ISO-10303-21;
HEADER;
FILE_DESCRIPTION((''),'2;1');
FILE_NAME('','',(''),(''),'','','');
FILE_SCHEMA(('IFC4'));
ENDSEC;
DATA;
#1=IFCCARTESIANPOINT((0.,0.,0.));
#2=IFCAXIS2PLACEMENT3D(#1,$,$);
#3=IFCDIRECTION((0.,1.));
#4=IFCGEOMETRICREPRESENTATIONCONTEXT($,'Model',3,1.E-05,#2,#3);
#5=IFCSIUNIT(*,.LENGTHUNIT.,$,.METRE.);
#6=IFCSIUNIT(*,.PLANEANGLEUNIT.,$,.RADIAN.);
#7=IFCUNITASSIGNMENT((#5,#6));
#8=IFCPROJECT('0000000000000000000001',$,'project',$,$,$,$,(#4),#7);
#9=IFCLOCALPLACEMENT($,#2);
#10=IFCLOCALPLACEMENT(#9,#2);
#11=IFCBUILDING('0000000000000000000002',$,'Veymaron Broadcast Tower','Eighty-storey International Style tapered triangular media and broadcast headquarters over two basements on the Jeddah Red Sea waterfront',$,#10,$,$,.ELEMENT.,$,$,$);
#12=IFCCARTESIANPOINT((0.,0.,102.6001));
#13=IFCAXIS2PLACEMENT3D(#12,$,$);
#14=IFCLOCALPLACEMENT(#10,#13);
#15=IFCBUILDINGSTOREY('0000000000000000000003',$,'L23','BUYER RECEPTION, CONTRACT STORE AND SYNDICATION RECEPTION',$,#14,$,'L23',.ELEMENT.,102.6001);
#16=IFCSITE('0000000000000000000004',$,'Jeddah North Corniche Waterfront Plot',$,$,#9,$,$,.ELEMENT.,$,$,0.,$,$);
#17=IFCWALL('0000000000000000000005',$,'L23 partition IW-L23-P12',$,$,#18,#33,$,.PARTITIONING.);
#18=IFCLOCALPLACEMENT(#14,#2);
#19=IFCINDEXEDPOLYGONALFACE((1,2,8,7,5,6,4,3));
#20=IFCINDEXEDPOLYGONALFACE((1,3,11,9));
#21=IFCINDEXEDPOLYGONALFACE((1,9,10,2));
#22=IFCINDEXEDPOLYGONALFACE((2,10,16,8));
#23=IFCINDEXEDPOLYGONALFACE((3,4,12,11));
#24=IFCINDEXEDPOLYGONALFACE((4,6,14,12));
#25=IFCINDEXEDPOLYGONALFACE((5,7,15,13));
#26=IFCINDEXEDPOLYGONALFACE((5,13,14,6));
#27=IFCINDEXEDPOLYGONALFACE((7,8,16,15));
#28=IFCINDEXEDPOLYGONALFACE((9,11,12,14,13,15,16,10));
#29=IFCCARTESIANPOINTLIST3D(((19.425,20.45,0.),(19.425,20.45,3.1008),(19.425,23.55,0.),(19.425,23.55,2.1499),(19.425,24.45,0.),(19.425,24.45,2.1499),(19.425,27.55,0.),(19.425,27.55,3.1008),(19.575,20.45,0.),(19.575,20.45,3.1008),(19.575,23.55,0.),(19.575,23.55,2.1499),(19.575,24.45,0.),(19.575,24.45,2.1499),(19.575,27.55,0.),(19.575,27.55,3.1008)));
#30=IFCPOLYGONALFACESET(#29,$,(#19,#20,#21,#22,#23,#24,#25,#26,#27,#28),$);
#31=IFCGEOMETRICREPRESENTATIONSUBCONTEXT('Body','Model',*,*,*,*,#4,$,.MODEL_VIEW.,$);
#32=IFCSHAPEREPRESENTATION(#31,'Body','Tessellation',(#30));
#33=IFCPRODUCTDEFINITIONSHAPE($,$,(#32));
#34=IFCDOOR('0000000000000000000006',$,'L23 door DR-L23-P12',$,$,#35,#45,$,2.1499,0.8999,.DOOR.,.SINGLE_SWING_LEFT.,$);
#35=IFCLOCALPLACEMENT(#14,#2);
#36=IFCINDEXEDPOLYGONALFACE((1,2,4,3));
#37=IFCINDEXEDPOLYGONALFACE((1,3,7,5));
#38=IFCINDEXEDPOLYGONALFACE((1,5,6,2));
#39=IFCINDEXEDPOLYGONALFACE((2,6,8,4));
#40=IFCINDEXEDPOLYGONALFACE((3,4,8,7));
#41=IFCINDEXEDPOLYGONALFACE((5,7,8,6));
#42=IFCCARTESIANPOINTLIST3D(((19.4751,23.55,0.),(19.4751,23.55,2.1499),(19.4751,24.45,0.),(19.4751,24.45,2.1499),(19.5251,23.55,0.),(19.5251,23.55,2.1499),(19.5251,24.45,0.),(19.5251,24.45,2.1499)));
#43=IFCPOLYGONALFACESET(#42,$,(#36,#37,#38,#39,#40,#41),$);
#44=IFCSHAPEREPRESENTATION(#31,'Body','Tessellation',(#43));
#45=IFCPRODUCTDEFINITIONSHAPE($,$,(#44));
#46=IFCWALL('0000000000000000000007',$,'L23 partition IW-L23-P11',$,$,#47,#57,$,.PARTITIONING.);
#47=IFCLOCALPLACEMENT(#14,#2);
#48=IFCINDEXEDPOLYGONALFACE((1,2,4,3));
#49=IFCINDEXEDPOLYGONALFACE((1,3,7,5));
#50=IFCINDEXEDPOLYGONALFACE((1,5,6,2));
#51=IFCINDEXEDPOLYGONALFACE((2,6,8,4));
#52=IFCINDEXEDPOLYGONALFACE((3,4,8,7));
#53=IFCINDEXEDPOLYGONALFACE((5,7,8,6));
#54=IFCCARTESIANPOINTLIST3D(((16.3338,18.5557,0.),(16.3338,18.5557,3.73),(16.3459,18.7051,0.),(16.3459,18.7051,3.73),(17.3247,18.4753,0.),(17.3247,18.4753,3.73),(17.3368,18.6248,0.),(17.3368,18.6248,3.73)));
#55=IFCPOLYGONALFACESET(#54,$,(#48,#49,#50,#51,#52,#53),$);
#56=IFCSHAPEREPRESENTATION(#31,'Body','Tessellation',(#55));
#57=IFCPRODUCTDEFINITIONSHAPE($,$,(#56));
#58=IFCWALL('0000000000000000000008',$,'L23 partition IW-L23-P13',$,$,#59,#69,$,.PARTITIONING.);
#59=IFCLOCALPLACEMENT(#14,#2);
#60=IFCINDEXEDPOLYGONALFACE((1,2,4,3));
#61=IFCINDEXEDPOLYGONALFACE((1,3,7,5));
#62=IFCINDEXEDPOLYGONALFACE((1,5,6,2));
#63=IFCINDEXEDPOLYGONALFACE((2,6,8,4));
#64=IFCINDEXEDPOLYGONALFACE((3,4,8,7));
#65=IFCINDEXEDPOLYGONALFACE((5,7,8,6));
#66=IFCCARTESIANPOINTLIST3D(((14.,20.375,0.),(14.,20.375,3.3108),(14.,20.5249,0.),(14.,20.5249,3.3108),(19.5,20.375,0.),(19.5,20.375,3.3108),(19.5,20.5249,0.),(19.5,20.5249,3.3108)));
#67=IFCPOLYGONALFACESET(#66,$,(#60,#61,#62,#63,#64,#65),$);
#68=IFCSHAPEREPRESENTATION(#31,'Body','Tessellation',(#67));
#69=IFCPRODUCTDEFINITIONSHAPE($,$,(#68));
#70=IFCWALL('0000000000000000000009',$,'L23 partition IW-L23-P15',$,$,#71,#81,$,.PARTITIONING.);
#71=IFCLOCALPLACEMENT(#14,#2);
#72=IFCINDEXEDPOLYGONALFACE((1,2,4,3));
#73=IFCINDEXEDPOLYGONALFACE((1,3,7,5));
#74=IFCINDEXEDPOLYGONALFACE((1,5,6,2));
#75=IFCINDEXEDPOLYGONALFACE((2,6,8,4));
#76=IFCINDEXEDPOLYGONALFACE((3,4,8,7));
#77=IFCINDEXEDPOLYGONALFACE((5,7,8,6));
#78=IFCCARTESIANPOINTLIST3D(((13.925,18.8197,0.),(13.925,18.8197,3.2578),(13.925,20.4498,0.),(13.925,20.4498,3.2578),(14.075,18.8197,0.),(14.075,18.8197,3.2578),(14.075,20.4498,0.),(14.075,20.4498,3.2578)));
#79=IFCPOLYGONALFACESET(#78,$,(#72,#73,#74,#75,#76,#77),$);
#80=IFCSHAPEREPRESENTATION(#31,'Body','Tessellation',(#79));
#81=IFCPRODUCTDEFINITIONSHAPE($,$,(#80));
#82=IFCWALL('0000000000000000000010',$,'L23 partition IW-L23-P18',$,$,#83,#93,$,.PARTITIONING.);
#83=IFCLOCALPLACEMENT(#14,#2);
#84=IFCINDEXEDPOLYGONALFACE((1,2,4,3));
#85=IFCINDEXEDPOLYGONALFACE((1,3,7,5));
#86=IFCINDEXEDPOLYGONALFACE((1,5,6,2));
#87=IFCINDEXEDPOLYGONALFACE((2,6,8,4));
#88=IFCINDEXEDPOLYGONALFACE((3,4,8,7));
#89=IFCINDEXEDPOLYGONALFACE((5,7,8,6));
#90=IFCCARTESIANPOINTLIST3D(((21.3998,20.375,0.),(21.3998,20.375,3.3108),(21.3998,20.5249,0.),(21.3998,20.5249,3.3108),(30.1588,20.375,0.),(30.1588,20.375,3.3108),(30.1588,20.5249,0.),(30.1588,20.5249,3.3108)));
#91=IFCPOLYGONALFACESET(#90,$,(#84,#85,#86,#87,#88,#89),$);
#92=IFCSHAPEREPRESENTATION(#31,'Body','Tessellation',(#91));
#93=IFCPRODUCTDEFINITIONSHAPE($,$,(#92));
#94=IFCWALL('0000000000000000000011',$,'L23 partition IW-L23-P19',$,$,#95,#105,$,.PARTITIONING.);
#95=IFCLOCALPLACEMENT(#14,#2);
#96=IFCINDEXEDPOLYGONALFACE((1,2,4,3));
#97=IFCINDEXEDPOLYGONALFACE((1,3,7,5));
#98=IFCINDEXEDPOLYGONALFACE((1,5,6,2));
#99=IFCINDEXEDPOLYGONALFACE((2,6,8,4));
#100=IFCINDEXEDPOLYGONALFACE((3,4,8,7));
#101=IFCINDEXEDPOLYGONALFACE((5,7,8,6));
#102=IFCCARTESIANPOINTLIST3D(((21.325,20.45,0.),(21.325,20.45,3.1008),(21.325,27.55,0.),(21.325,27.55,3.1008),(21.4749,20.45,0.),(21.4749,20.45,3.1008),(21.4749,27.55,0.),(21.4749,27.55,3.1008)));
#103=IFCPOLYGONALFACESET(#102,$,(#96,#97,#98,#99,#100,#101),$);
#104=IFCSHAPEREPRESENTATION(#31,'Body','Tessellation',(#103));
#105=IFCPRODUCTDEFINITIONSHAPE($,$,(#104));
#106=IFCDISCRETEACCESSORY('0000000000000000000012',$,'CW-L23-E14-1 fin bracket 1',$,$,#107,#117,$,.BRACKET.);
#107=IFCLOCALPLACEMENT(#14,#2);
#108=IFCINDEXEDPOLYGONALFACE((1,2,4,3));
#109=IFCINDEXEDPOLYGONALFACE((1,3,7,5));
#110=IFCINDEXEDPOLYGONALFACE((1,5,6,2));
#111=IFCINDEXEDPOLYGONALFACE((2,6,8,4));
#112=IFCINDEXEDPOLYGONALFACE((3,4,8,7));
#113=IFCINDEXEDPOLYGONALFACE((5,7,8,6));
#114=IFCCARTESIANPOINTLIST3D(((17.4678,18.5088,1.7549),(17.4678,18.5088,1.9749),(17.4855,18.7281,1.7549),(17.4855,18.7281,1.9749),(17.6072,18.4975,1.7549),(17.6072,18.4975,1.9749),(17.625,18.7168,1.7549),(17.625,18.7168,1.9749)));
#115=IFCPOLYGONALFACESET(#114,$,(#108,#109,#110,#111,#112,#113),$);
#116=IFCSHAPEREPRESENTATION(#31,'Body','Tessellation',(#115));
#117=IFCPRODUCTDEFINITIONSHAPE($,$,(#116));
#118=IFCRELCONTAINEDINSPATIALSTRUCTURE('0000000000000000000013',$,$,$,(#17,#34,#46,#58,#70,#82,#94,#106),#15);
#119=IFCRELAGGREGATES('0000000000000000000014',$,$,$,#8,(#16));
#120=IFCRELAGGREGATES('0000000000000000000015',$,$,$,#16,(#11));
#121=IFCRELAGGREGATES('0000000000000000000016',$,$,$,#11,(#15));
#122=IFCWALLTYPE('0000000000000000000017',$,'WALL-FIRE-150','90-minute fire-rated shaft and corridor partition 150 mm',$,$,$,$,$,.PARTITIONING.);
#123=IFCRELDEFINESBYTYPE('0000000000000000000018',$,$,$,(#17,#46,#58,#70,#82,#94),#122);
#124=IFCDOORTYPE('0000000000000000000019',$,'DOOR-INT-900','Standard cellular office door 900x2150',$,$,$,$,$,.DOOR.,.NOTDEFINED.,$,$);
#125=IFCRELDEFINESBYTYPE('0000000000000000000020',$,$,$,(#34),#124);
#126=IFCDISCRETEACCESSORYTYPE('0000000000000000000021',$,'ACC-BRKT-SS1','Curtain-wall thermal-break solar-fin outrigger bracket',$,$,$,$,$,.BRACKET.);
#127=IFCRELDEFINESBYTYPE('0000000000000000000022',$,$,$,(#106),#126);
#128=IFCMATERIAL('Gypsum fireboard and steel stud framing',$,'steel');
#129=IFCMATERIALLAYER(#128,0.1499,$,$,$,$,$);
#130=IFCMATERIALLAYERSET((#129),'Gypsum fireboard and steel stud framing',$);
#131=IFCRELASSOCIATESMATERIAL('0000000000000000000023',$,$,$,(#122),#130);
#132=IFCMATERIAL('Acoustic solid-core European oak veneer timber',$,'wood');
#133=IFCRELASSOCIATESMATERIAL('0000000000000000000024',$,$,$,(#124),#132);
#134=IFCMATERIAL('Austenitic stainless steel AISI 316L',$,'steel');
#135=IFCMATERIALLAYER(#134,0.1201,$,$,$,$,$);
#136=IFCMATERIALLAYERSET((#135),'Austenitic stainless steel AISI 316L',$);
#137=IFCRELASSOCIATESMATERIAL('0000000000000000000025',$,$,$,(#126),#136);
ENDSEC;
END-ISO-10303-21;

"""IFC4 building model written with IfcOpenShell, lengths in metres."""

from ifc_helpers import new_model, si_unit, direction, frame, frame_2d, origin, origin_2d, place, context, subcontext, project, spatial, rectangle, extrude, material, layer, layer_set, type_object, element, fill, save


model = new_model("IFC4")

# Units and contexts
model_context = context("Model", 3, precision=1e-05, world=origin(), true_north=direction((0.0, 1.0)))
body_context = subcontext(model_context, "Body", "Model", "MODEL_VIEW")
ifc_project = project(units=[si_unit("LENGTHUNIT", "METRE"), si_unit("PLANEANGLEUNIT", "RADIAN")], contexts=[model_context])

# Site, building, storey
site_placement = place(None, origin())
site = spatial("IfcSite", under=ifc_project, at=site_placement, Name="Jeddah North Corniche Waterfront Plot", CompositionType="ELEMENT", RefElevation=0.0)
building_placement = place(site_placement, origin())
building = spatial("IfcBuilding", under=site, at=building_placement, Name="Veymaron Broadcast Tower", Description="Eighty-storey International Style tapered triangular media and broadcast headquarters over two basements on the Jeddah Red Sea waterfront", CompositionType="ELEMENT")
storey_placement = place(building_placement, frame((0.0, 0.0, 102.6001)))
storey = spatial("IfcBuildingStorey", under=building, at=storey_placement, Name="L23", Description="BUYER RECEPTION, CONTRACT STORE AND SYNDICATION RECEPTION", LongName="L23", CompositionType="ELEMENT", Elevation=102.6001)

# Wall, opening, door
ifc_material_1 = material(Name="Gypsum fireboard and steel stud framing", Category="steel")
ifc_layer_1 = layer(ifc_material_1, 0.1499)
ifc_layer_set_1 = layer_set([ifc_layer_1], Name="Gypsum fireboard and steel stud framing")
wall_type_1 = type_object("IfcWallType", Name="WALL-FIRE-150", Description="90-minute fire-rated shaft and corridor partition 150 mm", PredefinedType="PARTITIONING", material=ifc_layer_set_1)
ifc_material_2 = material(Name="Acoustic solid-core European oak veneer timber", Category="wood")
door_type = type_object("IfcDoorType", Name="DOOR-INT-900", Description="Standard cellular office door 900x2150", OperationType="NOTDEFINED", PredefinedType="DOOR", material=ifc_material_2)
wall_1_placement = place(storey_placement, frame((19.5, 20.45, 0.0), z_axis=(0.0, 0.0, 1.0), x_axis=(0.0, 1.0, 0.0)))
wall_1 = element("IfcWall", 1, at=wall_1_placement, inside=storey, type_object=wall_type_1, Name="L23 partition IW-L23-P12", PredefinedType="PARTITIONING", context=body_context, shape_type="SweptSolid", body=[
    extrude(rectangle(XDim=7.1001, YDim=0.1499, at=frame_2d((3.55, 0.0))), origin(), (0.0, 0.0, 1.0), 3.1008),
])
opening_1_placement = place(wall_1_placement, frame((3.1001, 0.0, 0.0)))
opening_1 = element("IfcOpeningElement", 2, at=opening_1_placement, cuts=wall_1, PredefinedType="OPENING", context=body_context, shape_type="SweptSolid", body=[
    extrude(rectangle(XDim=0.8999, YDim=2.1499, at=frame_2d((0.45, 1.075))), frame((0.0, 0.085, 0.0), z_axis=(0.0, -1.0, 0.0), x_axis=(1.0, 0.0, 0.0)), (0.0, 0.0, 1.0), 0.1699),
])
door_1_placement = place(opening_1_placement, origin())
door_1 = element("IfcDoor", 3, at=door_1_placement, inside=storey, type_object=door_type, Name="L23 door DR-L23-P12", OperationType="SINGLE_SWING_LEFT", OverallHeight=2.1499, OverallWidth=0.8999, PredefinedType="DOOR", context=body_context, shape_type="SweptSolid", body=[
    extrude(rectangle(XDim=0.8999, YDim=2.1499, at=frame_2d((0.45, 1.075))), frame((0.0, 0.0249, 0.0), z_axis=(0.0, -1.0, 0.0), x_axis=(1.0, 0.0, 0.0)), (0.0, 0.0, 1.0), 0.05),
])
fill(opening_1, door_1)

# Walls
wall_2_placement = place(storey_placement, frame((16.3398, 18.6304, 0.0), z_axis=(0.0, 0.0, 1.0), x_axis=(0.996731, -0.080789, 0.0)))
element("IfcWall", 4, at=wall_2_placement, inside=storey, type_object=wall_type_1, Name="L23 partition IW-L23-P11", PredefinedType="PARTITIONING", context=body_context, shape_type="SweptSolid", body=[
    extrude(rectangle(XDim=0.9941, YDim=0.1499, at=frame_2d((0.4971, 0.0))), origin(), (0.0, 0.0, 1.0), 3.73),
])
wall_3_placement = place(storey_placement, frame((14.0, 20.45, 0.0), z_axis=(0.0, 0.0, 1.0), x_axis=(1.0, 0.0, 0.0)))
element("IfcWall", 5, at=wall_3_placement, inside=storey, type_object=wall_type_1, Name="L23 partition IW-L23-P13", PredefinedType="PARTITIONING", context=body_context, shape_type="SweptSolid", body=[
    extrude(rectangle(XDim=5.5, YDim=0.1499, at=frame_2d((2.75, 0.0))), origin(), (0.0, 0.0, 1.0), 3.3108),
])
wall_4_placement = place(storey_placement, frame((14.0, 18.8198, 0.0), z_axis=(0.0, 0.0, 1.0), x_axis=(0.0, 1.0, 0.0)))
element("IfcWall", 6, at=wall_4_placement, inside=storey, type_object=wall_type_1, Name="L23 partition IW-L23-P15", PredefinedType="PARTITIONING", context=body_context, shape_type="SweptSolid", body=[
    extrude(rectangle(XDim=1.6301, YDim=0.1499, at=frame_2d((0.8149, 0.0))), origin(), (0.0, 0.0, 1.0), 3.2578),
])
wall_5_placement = place(storey_placement, frame((21.3999, 20.45, 0.0), z_axis=(0.0, 0.0, 1.0), x_axis=(1.0, 0.0, 0.0)))
element("IfcWall", 7, at=wall_5_placement, inside=storey, type_object=wall_type_1, Name="L23 partition IW-L23-P18", PredefinedType="PARTITIONING", context=body_context, shape_type="SweptSolid", body=[
    extrude(rectangle(XDim=8.759, YDim=0.1499, at=frame_2d((4.3794, 0.0))), origin(), (0.0, 0.0, 1.0), 3.3108),
])
wall_6_placement = place(storey_placement, frame((21.3999, 20.45, 0.0), z_axis=(0.0, 0.0, 1.0), x_axis=(0.0, 1.0, 0.0)))
element("IfcWall", 8, at=wall_6_placement, inside=storey, type_object=wall_type_1, Name="L23 partition IW-L23-P19", PredefinedType="PARTITIONING", context=body_context, shape_type="SweptSolid", body=[
    extrude(rectangle(XDim=7.1001, YDim=0.1499, at=frame_2d((3.55, 0.0))), origin(), (0.0, 0.0, 1.0), 3.1008),
])

# Discrete accessory
ifc_material_3 = material(Name="Austenitic stainless steel AISI 316L", Category="steel")
ifc_layer_2 = layer(ifc_material_3, 0.1201)
ifc_layer_set_2 = layer_set([ifc_layer_2], Name="Austenitic stainless steel AISI 316L")
discrete_accessory_type = type_object("IfcDiscreteAccessoryType", Name="ACC-BRKT-SS1", Description="Curtain-wall thermal-break solar-fin outrigger bracket", PredefinedType="BRACKET", material=ifc_layer_set_2)
discrete_accessory_placement = place(storey_placement, frame((17.5464, 18.6128, 1.7549), z_axis=(0.0, 0.0, 1.0), x_axis=(-0.080738, -0.996735, 0.0)))
element("IfcDiscreteAccessory", 9, at=discrete_accessory_placement, inside=storey, type_object=discrete_accessory_type, Name="CW-L23-E14-1 fin bracket 1", PredefinedType="BRACKET", context=body_context, shape_type="SweptSolid", body=[
    extrude(rectangle(XDim=0.22, YDim=0.1399, at=origin_2d()), origin(), (0.0, 0.0, 1.0), 0.22),
])

save(model, "model.ifc")
